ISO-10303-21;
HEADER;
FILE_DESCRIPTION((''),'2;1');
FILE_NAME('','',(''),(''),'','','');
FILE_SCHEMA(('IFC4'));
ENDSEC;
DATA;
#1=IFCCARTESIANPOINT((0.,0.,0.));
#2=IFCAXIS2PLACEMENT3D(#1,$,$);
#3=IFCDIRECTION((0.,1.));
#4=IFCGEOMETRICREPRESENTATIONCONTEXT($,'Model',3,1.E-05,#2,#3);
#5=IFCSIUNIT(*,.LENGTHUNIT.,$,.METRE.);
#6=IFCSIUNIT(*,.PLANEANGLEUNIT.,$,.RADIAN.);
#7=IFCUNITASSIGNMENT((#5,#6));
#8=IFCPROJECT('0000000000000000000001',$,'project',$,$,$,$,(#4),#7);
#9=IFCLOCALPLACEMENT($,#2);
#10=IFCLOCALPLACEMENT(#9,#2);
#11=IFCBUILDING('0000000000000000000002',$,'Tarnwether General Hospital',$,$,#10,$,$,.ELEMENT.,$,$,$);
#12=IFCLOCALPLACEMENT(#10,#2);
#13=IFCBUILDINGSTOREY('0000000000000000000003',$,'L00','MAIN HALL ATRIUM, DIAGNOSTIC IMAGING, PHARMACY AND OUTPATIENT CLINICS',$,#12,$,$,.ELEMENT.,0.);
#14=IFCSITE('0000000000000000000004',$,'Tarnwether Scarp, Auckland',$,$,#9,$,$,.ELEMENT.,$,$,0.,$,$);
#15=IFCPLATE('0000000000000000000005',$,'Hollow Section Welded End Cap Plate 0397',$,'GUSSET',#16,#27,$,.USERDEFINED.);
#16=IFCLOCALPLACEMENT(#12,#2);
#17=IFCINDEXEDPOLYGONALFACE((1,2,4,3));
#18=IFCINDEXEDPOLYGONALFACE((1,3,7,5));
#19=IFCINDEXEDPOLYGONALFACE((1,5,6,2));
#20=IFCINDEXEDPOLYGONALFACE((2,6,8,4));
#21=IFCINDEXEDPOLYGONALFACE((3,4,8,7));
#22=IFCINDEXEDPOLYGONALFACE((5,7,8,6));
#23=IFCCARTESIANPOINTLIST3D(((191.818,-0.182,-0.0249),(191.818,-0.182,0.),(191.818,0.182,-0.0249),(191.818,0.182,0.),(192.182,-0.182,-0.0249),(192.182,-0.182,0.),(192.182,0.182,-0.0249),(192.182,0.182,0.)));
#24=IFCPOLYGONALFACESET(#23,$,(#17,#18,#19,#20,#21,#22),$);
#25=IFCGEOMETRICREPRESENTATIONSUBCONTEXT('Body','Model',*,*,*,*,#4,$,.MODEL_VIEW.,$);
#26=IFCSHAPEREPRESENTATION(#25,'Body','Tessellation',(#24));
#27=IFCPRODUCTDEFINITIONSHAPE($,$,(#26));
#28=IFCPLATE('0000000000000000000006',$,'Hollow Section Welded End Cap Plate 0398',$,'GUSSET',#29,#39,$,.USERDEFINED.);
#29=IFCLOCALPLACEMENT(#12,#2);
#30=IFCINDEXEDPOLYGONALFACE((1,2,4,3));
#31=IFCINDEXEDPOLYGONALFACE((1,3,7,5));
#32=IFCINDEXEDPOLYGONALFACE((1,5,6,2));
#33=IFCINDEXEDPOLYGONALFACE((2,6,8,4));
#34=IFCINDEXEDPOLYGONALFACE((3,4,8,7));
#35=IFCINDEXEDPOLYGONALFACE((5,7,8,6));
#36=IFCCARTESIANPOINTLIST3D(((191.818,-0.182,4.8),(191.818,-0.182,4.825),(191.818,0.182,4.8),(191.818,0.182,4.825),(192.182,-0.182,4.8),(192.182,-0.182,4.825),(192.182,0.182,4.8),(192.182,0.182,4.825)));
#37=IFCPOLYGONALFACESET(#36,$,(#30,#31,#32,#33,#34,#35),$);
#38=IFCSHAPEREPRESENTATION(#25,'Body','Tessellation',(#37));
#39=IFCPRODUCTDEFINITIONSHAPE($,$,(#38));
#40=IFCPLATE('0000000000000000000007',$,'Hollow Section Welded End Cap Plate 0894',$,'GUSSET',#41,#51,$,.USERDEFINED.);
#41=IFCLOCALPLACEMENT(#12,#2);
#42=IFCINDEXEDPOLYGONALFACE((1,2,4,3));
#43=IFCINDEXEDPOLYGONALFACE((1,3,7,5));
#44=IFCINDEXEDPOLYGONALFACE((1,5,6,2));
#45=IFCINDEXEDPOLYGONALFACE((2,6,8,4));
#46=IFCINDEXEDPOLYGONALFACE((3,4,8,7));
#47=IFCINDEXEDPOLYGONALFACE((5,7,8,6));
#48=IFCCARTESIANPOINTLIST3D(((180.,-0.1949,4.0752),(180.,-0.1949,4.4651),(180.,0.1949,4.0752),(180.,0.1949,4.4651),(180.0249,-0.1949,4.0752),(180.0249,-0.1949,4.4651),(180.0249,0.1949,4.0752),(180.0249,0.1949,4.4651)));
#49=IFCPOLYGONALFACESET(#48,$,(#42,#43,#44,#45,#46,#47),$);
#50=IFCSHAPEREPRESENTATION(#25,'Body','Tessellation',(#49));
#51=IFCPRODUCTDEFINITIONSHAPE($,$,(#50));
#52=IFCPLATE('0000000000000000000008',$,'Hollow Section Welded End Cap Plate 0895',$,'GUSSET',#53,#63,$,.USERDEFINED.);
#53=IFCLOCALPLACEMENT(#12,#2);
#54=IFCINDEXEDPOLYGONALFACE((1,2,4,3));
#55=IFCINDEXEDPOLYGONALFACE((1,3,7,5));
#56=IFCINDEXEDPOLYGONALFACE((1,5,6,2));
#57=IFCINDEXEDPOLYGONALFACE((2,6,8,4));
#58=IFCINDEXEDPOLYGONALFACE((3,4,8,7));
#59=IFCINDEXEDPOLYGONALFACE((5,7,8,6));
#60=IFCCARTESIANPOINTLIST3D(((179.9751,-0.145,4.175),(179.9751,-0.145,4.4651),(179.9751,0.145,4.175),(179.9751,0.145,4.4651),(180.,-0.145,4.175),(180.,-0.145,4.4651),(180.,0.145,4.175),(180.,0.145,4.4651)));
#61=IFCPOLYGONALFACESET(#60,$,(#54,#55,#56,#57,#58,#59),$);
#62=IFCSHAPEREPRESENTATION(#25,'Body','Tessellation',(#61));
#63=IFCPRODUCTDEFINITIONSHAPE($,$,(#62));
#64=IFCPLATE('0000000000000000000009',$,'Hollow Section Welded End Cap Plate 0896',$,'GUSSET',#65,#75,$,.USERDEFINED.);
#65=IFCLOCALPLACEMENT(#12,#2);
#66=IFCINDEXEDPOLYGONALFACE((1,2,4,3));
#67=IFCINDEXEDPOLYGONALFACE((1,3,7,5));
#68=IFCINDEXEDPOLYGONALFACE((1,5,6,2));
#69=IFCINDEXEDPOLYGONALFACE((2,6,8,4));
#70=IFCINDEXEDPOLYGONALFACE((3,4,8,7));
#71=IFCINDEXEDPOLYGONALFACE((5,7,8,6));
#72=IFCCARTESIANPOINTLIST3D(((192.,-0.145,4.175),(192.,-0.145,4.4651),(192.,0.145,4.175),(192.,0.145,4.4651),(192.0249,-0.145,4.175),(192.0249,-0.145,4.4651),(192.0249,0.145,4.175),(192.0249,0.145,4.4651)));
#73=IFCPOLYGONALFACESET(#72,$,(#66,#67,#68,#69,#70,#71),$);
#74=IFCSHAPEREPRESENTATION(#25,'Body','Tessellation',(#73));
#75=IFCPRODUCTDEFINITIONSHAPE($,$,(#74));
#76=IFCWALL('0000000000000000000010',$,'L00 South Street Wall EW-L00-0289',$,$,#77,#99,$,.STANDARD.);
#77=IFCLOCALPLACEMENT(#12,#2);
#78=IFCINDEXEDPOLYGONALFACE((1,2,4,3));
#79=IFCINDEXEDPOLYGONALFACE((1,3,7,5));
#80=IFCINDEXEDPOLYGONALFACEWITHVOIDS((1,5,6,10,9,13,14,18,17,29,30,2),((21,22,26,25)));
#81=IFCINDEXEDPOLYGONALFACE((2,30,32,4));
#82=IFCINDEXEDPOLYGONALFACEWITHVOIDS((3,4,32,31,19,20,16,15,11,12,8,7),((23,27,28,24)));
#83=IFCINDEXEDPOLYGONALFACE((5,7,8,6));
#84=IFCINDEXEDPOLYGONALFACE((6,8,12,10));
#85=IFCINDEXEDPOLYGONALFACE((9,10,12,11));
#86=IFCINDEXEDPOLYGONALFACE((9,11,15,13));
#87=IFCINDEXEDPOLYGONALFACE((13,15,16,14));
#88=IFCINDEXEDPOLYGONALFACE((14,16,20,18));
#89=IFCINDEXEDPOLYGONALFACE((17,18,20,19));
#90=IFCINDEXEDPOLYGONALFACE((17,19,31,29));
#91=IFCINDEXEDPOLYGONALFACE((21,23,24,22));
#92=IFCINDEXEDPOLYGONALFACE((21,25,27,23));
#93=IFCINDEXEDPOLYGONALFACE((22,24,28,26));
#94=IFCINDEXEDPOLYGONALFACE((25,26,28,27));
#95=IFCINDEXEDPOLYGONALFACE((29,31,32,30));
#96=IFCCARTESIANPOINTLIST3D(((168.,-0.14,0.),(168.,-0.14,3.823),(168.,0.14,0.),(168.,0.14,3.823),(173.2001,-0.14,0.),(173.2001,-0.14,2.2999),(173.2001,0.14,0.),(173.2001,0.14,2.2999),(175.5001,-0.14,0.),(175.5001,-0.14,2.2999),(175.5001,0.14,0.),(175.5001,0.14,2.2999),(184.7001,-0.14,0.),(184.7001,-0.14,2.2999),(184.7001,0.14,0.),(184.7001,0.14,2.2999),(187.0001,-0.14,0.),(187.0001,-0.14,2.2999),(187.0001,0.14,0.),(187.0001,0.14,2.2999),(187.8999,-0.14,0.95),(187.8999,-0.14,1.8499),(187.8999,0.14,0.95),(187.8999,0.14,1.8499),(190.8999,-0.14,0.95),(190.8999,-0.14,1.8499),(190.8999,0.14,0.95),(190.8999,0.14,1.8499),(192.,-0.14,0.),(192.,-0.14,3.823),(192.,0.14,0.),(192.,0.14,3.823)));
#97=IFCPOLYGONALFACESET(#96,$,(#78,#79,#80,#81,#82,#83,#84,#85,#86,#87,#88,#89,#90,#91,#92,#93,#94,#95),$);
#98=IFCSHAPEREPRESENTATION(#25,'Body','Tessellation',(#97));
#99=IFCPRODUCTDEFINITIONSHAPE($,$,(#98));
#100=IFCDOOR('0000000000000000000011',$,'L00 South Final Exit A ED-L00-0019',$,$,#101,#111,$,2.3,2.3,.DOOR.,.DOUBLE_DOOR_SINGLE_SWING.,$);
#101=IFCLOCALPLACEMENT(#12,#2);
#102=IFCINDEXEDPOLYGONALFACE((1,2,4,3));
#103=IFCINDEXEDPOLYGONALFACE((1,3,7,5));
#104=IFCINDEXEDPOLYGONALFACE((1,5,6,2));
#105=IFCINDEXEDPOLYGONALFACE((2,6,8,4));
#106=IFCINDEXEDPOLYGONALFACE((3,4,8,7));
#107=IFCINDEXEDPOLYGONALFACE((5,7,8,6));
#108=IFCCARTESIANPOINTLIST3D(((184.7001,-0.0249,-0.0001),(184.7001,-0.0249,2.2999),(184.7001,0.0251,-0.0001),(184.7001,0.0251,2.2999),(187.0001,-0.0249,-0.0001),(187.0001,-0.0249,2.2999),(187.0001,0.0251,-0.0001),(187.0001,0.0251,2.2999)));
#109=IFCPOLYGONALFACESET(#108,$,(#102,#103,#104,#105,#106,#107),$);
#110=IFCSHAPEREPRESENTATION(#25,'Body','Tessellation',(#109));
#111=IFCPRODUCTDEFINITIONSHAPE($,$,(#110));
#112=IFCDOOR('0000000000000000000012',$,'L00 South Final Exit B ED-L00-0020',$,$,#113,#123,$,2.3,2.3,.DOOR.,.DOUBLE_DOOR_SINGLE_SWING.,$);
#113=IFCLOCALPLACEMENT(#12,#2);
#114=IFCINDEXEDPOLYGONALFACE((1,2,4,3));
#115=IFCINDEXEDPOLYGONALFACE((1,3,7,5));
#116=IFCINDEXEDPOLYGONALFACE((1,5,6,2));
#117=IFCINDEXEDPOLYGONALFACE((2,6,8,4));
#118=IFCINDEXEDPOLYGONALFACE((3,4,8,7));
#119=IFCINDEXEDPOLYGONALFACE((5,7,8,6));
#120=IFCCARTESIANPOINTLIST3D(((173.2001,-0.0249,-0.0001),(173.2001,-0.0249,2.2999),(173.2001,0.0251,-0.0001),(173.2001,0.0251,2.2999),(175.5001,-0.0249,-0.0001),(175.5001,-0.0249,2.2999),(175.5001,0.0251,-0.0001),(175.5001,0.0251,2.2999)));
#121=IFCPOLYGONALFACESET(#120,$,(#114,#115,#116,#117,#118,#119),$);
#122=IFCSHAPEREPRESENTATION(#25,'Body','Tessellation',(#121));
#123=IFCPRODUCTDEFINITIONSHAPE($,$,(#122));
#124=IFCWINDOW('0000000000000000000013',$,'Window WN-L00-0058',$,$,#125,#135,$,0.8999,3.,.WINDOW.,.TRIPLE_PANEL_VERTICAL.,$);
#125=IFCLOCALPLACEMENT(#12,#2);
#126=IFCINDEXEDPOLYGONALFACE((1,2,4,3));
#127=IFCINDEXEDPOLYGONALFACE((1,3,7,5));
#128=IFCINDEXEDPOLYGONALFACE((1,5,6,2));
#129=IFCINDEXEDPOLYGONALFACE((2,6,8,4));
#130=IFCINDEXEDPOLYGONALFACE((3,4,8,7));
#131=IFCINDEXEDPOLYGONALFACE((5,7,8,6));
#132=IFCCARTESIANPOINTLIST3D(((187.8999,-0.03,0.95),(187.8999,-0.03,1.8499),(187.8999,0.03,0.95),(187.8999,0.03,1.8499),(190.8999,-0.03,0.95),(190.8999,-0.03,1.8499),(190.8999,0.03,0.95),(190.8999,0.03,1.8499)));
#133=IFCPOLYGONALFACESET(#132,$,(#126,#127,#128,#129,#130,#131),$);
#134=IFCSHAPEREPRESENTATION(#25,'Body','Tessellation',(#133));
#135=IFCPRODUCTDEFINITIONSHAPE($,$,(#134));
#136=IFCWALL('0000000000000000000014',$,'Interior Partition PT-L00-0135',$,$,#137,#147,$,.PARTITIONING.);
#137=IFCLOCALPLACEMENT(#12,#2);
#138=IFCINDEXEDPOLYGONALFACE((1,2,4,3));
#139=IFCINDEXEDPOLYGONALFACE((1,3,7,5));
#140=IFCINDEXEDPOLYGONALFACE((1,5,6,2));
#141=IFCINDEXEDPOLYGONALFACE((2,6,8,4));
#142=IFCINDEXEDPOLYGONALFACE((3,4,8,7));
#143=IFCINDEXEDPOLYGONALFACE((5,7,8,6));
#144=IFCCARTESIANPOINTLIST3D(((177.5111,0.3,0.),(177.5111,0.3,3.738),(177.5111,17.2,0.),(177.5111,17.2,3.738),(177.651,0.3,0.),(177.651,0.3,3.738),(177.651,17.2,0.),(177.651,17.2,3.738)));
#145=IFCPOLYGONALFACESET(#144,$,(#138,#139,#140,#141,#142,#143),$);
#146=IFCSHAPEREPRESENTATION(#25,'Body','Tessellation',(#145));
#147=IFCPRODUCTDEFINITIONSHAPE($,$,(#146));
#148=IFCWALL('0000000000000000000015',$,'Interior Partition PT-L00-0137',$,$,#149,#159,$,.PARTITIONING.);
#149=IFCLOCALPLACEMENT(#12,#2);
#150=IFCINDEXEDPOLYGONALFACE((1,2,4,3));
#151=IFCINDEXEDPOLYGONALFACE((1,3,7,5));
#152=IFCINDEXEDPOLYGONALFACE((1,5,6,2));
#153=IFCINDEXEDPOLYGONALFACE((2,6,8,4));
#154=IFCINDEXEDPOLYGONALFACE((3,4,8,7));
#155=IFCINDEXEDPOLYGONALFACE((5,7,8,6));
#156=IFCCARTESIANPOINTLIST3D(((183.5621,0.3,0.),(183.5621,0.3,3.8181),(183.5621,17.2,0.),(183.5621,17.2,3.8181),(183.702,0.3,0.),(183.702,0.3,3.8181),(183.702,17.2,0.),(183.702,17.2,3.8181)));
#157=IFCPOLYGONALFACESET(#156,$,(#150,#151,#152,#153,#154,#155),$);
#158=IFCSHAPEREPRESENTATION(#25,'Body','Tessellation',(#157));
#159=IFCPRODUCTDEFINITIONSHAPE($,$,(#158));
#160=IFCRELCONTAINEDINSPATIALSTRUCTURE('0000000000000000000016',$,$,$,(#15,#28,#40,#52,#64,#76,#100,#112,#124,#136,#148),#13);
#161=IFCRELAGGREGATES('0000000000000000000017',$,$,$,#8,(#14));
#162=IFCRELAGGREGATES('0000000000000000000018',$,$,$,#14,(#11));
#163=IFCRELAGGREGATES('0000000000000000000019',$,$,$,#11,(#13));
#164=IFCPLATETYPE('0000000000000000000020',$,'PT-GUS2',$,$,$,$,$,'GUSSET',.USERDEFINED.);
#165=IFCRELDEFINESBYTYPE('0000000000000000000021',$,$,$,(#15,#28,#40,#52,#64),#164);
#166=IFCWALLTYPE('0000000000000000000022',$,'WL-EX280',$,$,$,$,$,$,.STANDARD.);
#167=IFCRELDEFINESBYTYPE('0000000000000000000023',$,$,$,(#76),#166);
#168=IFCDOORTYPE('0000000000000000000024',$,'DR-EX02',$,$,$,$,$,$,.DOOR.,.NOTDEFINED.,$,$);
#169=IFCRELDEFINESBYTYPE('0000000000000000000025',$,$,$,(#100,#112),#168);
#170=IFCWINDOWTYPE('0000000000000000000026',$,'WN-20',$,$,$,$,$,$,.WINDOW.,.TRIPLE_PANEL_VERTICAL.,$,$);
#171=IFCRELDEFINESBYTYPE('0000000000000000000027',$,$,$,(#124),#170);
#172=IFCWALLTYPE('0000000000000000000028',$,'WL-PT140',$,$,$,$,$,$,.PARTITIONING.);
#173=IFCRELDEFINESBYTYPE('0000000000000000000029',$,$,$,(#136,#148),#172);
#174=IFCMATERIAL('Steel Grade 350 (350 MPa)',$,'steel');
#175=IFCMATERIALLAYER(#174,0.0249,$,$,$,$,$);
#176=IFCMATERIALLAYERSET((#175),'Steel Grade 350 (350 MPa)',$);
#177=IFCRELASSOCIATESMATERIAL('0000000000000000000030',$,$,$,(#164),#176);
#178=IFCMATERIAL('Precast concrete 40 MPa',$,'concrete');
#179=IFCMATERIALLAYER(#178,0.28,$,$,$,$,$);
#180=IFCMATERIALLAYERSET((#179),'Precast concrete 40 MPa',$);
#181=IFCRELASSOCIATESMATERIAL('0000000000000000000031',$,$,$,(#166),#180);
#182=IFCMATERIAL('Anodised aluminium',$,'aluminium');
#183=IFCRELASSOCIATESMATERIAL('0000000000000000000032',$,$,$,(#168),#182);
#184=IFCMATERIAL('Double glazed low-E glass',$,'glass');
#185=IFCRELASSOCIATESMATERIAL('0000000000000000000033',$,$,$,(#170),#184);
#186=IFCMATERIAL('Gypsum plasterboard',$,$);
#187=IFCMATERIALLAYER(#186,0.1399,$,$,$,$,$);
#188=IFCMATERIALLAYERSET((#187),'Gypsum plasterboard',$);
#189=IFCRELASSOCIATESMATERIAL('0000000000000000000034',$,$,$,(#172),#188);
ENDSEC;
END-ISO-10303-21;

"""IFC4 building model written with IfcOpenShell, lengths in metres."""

from ifc_helpers import new_model, si_unit, direction, frame, frame_2d, origin, origin_2d, place, context, subcontext, project, spatial, rectangle, extrude, material, layer, layer_set, type_object, element, fill, save


model = new_model("IFC4")

# Units and contexts
model_context = context("Model", 3, precision=1e-05, world=origin(), true_north=direction((0.0, 1.0)))
body_context = subcontext(model_context, "Body", "Model", "MODEL_VIEW")
ifc_project = project(units=[si_unit("LENGTHUNIT", "METRE"), si_unit("PLANEANGLEUNIT", "RADIAN")], contexts=[model_context])

# Site, building, storey
site_placement = place(None, origin())
site = spatial("IfcSite", under=ifc_project, at=site_placement, Name="Tarnwether Scarp, Auckland", CompositionType="ELEMENT", RefElevation=0.0)
building_placement = place(site_placement, origin())
building = spatial("IfcBuilding", under=site, at=building_placement, Name="Tarnwether General Hospital", CompositionType="ELEMENT")
storey_placement = place(building_placement, origin())
storey = spatial("IfcBuildingStorey", under=building, at=storey_placement, Name="L00", Description="MAIN HALL ATRIUM, DIAGNOSTIC IMAGING, PHARMACY AND OUTPATIENT CLINICS", CompositionType="ELEMENT", Elevation=0.0)

# Plates
ifc_material_1 = material(Name="Steel Grade 350 (350 MPa)", Category="steel")
ifc_layer_1 = layer(ifc_material_1, 0.0249)
ifc_layer_set_1 = layer_set([ifc_layer_1], Name="Steel Grade 350 (350 MPa)")
plate_type = type_object("IfcPlateType", Name="PT-GUS2", ElementType="GUSSET", PredefinedType="USERDEFINED", material=ifc_layer_set_1)
for number, where, z_axis, x_axis, name in (
    (1, (192.0, 0.0, -0.0249), (0.0, 0.0, 1.0), (1.0, 0.0, 0.0), "Hollow Section Welded End Cap Plate 0397"),
    (2, (192.0, 0.0, 4.8), (0.0, 0.0, 1.0), (1.0, 0.0, 0.0), "Hollow Section Welded End Cap Plate 0398"),
):
    element("IfcPlate", number, at=place(storey_placement, frame(where, z_axis=z_axis, x_axis=x_axis)), inside=storey, type_object=plate_type, Name=name, ObjectType="GUSSET", PredefinedType="USERDEFINED", context=body_context, shape_type="SweptSolid", body=[
        extrude(rectangle(XDim=0.364, YDim=0.364, at=origin_2d()), origin(), (0.0, 0.0, 1.0), 0.0249),
    ])
plate_placement = place(storey_placement, frame((180.0125, 0.0, 4.0752), z_axis=(0.0, 0.0, 1.0), x_axis=(1.0, 0.0, 0.0)))
element("IfcPlate", 3, at=plate_placement, inside=storey, type_object=plate_type, Name="Hollow Section Welded End Cap Plate 0894", ObjectType="GUSSET", PredefinedType="USERDEFINED", context=body_context, shape_type="SweptSolid", body=[
    extrude(rectangle(XDim=0.0249, YDim=0.3899, at=origin_2d()), origin(), (0.0, 0.0, 1.0), 0.3899),
])
for number, where, z_axis, x_axis, name in (
    (4, (179.9875, 0.0, 4.175), (0.0, 0.0, 1.0), (1.0, 0.0, 0.0), "Hollow Section Welded End Cap Plate 0895"),
    (5, (192.0125, 0.0, 4.175), (0.0, 0.0, 1.0), (1.0, 0.0, 0.0), "Hollow Section Welded End Cap Plate 0896"),
):
    element("IfcPlate", number, at=place(storey_placement, frame(where, z_axis=z_axis, x_axis=x_axis)), inside=storey, type_object=plate_type, Name=name, ObjectType="GUSSET", PredefinedType="USERDEFINED", context=body_context, shape_type="SweptSolid", body=[
        extrude(rectangle(XDim=0.0249, YDim=0.29, at=origin_2d()), origin(), (0.0, 0.0, 1.0), 0.29),
    ])

# Wall, openings, doors, window
ifc_material_2 = material(Name="Precast concrete 40 MPa", Category="concrete")
ifc_layer_2 = layer(ifc_material_2, 0.28)
ifc_layer_set_2 = layer_set([ifc_layer_2], Name="Precast concrete 40 MPa")
wall_type_1 = type_object("IfcWallType", Name="WL-EX280", PredefinedType="STANDARD", material=ifc_layer_set_2)
wall_1_placement = place(storey_placement, frame((192.0, 0.0, 0.0), z_axis=(0.0, 0.0, 1.0), x_axis=(-1.0, 0.0, 0.0)))
wall_1 = element("IfcWall", 6, at=wall_1_placement, inside=storey, type_object=wall_type_1, Name="L00 South Street Wall EW-L00-0289", PredefinedType="STANDARD", context=body_context, shape_type="SweptSolid", body=[
    extrude(rectangle(XDim=24.0, YDim=0.28, at=frame_2d((12.0, 0.0))), origin(), (0.0, 0.0, 1.0), 3.823),
])
opening_1_placement = place(wall_1_placement, frame((5.0, 0.0, 0.0)))
opening_1 = element("IfcOpeningElement", 7, at=opening_1_placement, cuts=wall_1, PredefinedType="OPENING", context=body_context, shape_type="SweptSolid", body=[
    extrude(rectangle(XDim=2.3, YDim=2.3, at=frame_2d((1.1499, 1.1499))), frame((0.0, 0.1499, 0.0), z_axis=(0.0, -1.0, 0.0), x_axis=(1.0, 0.0, 0.0)), (0.0, 0.0, 1.0), 0.3),
])
opening_2_placement = place(wall_1_placement, frame((16.5, 0.0, 0.0)))
opening_2 = element("IfcOpeningElement", 8, at=opening_2_placement, cuts=wall_1, PredefinedType="OPENING", context=body_context, shape_type="SweptSolid", body=[
    extrude(rectangle(XDim=2.3, YDim=2.3, at=frame_2d((1.1499, 1.1499))), frame((0.0, 0.1499, 0.0), z_axis=(0.0, -1.0, 0.0), x_axis=(1.0, 0.0, 0.0)), (0.0, 0.0, 1.0), 0.3),
])
opening_3_placement = place(wall_1_placement, frame((1.1001, 0.0, 0.95)))
opening_3 = element("IfcOpeningElement", 9, at=opening_3_placement, cuts=wall_1, PredefinedType="OPENING", context=body_context, shape_type="SweptSolid", body=[
    extrude(rectangle(XDim=3.0, YDim=0.8999, at=frame_2d((1.5, 0.45))), frame((0.0, 0.1499, 0.0), z_axis=(0.0, -1.0, 0.0), x_axis=(1.0, 0.0, 0.0)), (0.0, 0.0, 1.0), 0.3),
])
ifc_material_3 = material(Name="Anodised aluminium", Category="aluminium")
door_type = type_object("IfcDoorType", Name="DR-EX02", OperationType="NOTDEFINED", PredefinedType="DOOR", material=ifc_material_3)
door_1_placement = place(opening_1_placement, origin())
door_1 = element("IfcDoor", 10, at=door_1_placement, inside=storey, type_object=door_type, Name="L00 South Final Exit A ED-L00-0019", OperationType="DOUBLE_DOOR_SINGLE_SWING", OverallHeight=2.3, OverallWidth=2.3, PredefinedType="DOOR", context=body_context, shape_type="SweptSolid", body=[
    extrude(rectangle(XDim=2.3, YDim=2.3, at=frame_2d((1.1499, 1.1499))), frame((0.0, 0.0249, 0.0), z_axis=(0.0, -1.0, 0.0), x_axis=(1.0, 0.0, 0.0)), (0.0, 0.0, 1.0), 0.05),
])
fill(opening_1, door_1)
door_2_placement = place(opening_2_placement, origin())
door_2 = element("IfcDoor", 11, at=door_2_placement, inside=storey, type_object=door_type, Name="L00 South Final Exit B ED-L00-0020", OperationType="DOUBLE_DOOR_SINGLE_SWING", OverallHeight=2.3, OverallWidth=2.3, PredefinedType="DOOR", context=body_context, shape_type="SweptSolid", body=[
    extrude(rectangle(XDim=2.3, YDim=2.3, at=frame_2d((1.1499, 1.1499))), frame((0.0, 0.0249, 0.0), z_axis=(0.0, -1.0, 0.0), x_axis=(1.0, 0.0, 0.0)), (0.0, 0.0, 1.0), 0.05),
])
fill(opening_2, door_2)
ifc_material_4 = material(Name="Double glazed low-E glass", Category="glass")
window_type = type_object("IfcWindowType", Name="WN-20", PartitioningType="TRIPLE_PANEL_VERTICAL", PredefinedType="WINDOW", material=ifc_material_4)
window_placement = place(opening_3_placement, origin())
window = element("IfcWindow", 12, at=window_placement, inside=storey, type_object=window_type, Name="Window WN-L00-0058", OverallHeight=0.8999, OverallWidth=3.0, PartitioningType="TRIPLE_PANEL_VERTICAL", PredefinedType="WINDOW", context=body_context, shape_type="SweptSolid", body=[
    extrude(rectangle(XDim=3.0, YDim=0.8999, at=frame_2d((1.5, 0.45))), frame((0.0, 0.03, 0.0), z_axis=(0.0, -1.0, 0.0), x_axis=(1.0, 0.0, 0.0)), (0.0, 0.0, 1.0), 0.0601),
])
fill(opening_3, window)

# Walls
ifc_material_5 = material(Name="Gypsum plasterboard")
ifc_layer_3 = layer(ifc_material_5, 0.1399)
ifc_layer_set_3 = layer_set([ifc_layer_3], Name="Gypsum plasterboard")
wall_type_2 = type_object("IfcWallType", Name="WL-PT140", PredefinedType="PARTITIONING", material=ifc_layer_set_3)
wall_2_placement = place(storey_placement, frame((177.5811, 0.3, 0.0), z_axis=(0.0, 0.0, 1.0), x_axis=(0.0, 1.0, 0.0)))
element("IfcWall", 13, at=wall_2_placement, inside=storey, type_object=wall_type_2, Name="Interior Partition PT-L00-0135", PredefinedType="PARTITIONING", context=body_context, shape_type="SweptSolid", body=[
    extrude(rectangle(XDim=16.8999, YDim=0.1399, at=frame_2d((8.45, 0.0))), origin(), (0.0, 0.0, 1.0), 3.738),
])
wall_3_placement = place(storey_placement, frame((183.6321, 0.3, 0.0), z_axis=(0.0, 0.0, 1.0), x_axis=(0.0, 1.0, 0.0)))
element("IfcWall", 14, at=wall_3_placement, inside=storey, type_object=wall_type_2, Name="Interior Partition PT-L00-0137", PredefinedType="PARTITIONING", context=body_context, shape_type="SweptSolid", body=[
    extrude(rectangle(XDim=16.8999, YDim=0.1399, at=frame_2d((8.45, 0.0))), origin(), (0.0, 0.0, 1.0), 3.8181),
])

save(model, "model.ifc")
